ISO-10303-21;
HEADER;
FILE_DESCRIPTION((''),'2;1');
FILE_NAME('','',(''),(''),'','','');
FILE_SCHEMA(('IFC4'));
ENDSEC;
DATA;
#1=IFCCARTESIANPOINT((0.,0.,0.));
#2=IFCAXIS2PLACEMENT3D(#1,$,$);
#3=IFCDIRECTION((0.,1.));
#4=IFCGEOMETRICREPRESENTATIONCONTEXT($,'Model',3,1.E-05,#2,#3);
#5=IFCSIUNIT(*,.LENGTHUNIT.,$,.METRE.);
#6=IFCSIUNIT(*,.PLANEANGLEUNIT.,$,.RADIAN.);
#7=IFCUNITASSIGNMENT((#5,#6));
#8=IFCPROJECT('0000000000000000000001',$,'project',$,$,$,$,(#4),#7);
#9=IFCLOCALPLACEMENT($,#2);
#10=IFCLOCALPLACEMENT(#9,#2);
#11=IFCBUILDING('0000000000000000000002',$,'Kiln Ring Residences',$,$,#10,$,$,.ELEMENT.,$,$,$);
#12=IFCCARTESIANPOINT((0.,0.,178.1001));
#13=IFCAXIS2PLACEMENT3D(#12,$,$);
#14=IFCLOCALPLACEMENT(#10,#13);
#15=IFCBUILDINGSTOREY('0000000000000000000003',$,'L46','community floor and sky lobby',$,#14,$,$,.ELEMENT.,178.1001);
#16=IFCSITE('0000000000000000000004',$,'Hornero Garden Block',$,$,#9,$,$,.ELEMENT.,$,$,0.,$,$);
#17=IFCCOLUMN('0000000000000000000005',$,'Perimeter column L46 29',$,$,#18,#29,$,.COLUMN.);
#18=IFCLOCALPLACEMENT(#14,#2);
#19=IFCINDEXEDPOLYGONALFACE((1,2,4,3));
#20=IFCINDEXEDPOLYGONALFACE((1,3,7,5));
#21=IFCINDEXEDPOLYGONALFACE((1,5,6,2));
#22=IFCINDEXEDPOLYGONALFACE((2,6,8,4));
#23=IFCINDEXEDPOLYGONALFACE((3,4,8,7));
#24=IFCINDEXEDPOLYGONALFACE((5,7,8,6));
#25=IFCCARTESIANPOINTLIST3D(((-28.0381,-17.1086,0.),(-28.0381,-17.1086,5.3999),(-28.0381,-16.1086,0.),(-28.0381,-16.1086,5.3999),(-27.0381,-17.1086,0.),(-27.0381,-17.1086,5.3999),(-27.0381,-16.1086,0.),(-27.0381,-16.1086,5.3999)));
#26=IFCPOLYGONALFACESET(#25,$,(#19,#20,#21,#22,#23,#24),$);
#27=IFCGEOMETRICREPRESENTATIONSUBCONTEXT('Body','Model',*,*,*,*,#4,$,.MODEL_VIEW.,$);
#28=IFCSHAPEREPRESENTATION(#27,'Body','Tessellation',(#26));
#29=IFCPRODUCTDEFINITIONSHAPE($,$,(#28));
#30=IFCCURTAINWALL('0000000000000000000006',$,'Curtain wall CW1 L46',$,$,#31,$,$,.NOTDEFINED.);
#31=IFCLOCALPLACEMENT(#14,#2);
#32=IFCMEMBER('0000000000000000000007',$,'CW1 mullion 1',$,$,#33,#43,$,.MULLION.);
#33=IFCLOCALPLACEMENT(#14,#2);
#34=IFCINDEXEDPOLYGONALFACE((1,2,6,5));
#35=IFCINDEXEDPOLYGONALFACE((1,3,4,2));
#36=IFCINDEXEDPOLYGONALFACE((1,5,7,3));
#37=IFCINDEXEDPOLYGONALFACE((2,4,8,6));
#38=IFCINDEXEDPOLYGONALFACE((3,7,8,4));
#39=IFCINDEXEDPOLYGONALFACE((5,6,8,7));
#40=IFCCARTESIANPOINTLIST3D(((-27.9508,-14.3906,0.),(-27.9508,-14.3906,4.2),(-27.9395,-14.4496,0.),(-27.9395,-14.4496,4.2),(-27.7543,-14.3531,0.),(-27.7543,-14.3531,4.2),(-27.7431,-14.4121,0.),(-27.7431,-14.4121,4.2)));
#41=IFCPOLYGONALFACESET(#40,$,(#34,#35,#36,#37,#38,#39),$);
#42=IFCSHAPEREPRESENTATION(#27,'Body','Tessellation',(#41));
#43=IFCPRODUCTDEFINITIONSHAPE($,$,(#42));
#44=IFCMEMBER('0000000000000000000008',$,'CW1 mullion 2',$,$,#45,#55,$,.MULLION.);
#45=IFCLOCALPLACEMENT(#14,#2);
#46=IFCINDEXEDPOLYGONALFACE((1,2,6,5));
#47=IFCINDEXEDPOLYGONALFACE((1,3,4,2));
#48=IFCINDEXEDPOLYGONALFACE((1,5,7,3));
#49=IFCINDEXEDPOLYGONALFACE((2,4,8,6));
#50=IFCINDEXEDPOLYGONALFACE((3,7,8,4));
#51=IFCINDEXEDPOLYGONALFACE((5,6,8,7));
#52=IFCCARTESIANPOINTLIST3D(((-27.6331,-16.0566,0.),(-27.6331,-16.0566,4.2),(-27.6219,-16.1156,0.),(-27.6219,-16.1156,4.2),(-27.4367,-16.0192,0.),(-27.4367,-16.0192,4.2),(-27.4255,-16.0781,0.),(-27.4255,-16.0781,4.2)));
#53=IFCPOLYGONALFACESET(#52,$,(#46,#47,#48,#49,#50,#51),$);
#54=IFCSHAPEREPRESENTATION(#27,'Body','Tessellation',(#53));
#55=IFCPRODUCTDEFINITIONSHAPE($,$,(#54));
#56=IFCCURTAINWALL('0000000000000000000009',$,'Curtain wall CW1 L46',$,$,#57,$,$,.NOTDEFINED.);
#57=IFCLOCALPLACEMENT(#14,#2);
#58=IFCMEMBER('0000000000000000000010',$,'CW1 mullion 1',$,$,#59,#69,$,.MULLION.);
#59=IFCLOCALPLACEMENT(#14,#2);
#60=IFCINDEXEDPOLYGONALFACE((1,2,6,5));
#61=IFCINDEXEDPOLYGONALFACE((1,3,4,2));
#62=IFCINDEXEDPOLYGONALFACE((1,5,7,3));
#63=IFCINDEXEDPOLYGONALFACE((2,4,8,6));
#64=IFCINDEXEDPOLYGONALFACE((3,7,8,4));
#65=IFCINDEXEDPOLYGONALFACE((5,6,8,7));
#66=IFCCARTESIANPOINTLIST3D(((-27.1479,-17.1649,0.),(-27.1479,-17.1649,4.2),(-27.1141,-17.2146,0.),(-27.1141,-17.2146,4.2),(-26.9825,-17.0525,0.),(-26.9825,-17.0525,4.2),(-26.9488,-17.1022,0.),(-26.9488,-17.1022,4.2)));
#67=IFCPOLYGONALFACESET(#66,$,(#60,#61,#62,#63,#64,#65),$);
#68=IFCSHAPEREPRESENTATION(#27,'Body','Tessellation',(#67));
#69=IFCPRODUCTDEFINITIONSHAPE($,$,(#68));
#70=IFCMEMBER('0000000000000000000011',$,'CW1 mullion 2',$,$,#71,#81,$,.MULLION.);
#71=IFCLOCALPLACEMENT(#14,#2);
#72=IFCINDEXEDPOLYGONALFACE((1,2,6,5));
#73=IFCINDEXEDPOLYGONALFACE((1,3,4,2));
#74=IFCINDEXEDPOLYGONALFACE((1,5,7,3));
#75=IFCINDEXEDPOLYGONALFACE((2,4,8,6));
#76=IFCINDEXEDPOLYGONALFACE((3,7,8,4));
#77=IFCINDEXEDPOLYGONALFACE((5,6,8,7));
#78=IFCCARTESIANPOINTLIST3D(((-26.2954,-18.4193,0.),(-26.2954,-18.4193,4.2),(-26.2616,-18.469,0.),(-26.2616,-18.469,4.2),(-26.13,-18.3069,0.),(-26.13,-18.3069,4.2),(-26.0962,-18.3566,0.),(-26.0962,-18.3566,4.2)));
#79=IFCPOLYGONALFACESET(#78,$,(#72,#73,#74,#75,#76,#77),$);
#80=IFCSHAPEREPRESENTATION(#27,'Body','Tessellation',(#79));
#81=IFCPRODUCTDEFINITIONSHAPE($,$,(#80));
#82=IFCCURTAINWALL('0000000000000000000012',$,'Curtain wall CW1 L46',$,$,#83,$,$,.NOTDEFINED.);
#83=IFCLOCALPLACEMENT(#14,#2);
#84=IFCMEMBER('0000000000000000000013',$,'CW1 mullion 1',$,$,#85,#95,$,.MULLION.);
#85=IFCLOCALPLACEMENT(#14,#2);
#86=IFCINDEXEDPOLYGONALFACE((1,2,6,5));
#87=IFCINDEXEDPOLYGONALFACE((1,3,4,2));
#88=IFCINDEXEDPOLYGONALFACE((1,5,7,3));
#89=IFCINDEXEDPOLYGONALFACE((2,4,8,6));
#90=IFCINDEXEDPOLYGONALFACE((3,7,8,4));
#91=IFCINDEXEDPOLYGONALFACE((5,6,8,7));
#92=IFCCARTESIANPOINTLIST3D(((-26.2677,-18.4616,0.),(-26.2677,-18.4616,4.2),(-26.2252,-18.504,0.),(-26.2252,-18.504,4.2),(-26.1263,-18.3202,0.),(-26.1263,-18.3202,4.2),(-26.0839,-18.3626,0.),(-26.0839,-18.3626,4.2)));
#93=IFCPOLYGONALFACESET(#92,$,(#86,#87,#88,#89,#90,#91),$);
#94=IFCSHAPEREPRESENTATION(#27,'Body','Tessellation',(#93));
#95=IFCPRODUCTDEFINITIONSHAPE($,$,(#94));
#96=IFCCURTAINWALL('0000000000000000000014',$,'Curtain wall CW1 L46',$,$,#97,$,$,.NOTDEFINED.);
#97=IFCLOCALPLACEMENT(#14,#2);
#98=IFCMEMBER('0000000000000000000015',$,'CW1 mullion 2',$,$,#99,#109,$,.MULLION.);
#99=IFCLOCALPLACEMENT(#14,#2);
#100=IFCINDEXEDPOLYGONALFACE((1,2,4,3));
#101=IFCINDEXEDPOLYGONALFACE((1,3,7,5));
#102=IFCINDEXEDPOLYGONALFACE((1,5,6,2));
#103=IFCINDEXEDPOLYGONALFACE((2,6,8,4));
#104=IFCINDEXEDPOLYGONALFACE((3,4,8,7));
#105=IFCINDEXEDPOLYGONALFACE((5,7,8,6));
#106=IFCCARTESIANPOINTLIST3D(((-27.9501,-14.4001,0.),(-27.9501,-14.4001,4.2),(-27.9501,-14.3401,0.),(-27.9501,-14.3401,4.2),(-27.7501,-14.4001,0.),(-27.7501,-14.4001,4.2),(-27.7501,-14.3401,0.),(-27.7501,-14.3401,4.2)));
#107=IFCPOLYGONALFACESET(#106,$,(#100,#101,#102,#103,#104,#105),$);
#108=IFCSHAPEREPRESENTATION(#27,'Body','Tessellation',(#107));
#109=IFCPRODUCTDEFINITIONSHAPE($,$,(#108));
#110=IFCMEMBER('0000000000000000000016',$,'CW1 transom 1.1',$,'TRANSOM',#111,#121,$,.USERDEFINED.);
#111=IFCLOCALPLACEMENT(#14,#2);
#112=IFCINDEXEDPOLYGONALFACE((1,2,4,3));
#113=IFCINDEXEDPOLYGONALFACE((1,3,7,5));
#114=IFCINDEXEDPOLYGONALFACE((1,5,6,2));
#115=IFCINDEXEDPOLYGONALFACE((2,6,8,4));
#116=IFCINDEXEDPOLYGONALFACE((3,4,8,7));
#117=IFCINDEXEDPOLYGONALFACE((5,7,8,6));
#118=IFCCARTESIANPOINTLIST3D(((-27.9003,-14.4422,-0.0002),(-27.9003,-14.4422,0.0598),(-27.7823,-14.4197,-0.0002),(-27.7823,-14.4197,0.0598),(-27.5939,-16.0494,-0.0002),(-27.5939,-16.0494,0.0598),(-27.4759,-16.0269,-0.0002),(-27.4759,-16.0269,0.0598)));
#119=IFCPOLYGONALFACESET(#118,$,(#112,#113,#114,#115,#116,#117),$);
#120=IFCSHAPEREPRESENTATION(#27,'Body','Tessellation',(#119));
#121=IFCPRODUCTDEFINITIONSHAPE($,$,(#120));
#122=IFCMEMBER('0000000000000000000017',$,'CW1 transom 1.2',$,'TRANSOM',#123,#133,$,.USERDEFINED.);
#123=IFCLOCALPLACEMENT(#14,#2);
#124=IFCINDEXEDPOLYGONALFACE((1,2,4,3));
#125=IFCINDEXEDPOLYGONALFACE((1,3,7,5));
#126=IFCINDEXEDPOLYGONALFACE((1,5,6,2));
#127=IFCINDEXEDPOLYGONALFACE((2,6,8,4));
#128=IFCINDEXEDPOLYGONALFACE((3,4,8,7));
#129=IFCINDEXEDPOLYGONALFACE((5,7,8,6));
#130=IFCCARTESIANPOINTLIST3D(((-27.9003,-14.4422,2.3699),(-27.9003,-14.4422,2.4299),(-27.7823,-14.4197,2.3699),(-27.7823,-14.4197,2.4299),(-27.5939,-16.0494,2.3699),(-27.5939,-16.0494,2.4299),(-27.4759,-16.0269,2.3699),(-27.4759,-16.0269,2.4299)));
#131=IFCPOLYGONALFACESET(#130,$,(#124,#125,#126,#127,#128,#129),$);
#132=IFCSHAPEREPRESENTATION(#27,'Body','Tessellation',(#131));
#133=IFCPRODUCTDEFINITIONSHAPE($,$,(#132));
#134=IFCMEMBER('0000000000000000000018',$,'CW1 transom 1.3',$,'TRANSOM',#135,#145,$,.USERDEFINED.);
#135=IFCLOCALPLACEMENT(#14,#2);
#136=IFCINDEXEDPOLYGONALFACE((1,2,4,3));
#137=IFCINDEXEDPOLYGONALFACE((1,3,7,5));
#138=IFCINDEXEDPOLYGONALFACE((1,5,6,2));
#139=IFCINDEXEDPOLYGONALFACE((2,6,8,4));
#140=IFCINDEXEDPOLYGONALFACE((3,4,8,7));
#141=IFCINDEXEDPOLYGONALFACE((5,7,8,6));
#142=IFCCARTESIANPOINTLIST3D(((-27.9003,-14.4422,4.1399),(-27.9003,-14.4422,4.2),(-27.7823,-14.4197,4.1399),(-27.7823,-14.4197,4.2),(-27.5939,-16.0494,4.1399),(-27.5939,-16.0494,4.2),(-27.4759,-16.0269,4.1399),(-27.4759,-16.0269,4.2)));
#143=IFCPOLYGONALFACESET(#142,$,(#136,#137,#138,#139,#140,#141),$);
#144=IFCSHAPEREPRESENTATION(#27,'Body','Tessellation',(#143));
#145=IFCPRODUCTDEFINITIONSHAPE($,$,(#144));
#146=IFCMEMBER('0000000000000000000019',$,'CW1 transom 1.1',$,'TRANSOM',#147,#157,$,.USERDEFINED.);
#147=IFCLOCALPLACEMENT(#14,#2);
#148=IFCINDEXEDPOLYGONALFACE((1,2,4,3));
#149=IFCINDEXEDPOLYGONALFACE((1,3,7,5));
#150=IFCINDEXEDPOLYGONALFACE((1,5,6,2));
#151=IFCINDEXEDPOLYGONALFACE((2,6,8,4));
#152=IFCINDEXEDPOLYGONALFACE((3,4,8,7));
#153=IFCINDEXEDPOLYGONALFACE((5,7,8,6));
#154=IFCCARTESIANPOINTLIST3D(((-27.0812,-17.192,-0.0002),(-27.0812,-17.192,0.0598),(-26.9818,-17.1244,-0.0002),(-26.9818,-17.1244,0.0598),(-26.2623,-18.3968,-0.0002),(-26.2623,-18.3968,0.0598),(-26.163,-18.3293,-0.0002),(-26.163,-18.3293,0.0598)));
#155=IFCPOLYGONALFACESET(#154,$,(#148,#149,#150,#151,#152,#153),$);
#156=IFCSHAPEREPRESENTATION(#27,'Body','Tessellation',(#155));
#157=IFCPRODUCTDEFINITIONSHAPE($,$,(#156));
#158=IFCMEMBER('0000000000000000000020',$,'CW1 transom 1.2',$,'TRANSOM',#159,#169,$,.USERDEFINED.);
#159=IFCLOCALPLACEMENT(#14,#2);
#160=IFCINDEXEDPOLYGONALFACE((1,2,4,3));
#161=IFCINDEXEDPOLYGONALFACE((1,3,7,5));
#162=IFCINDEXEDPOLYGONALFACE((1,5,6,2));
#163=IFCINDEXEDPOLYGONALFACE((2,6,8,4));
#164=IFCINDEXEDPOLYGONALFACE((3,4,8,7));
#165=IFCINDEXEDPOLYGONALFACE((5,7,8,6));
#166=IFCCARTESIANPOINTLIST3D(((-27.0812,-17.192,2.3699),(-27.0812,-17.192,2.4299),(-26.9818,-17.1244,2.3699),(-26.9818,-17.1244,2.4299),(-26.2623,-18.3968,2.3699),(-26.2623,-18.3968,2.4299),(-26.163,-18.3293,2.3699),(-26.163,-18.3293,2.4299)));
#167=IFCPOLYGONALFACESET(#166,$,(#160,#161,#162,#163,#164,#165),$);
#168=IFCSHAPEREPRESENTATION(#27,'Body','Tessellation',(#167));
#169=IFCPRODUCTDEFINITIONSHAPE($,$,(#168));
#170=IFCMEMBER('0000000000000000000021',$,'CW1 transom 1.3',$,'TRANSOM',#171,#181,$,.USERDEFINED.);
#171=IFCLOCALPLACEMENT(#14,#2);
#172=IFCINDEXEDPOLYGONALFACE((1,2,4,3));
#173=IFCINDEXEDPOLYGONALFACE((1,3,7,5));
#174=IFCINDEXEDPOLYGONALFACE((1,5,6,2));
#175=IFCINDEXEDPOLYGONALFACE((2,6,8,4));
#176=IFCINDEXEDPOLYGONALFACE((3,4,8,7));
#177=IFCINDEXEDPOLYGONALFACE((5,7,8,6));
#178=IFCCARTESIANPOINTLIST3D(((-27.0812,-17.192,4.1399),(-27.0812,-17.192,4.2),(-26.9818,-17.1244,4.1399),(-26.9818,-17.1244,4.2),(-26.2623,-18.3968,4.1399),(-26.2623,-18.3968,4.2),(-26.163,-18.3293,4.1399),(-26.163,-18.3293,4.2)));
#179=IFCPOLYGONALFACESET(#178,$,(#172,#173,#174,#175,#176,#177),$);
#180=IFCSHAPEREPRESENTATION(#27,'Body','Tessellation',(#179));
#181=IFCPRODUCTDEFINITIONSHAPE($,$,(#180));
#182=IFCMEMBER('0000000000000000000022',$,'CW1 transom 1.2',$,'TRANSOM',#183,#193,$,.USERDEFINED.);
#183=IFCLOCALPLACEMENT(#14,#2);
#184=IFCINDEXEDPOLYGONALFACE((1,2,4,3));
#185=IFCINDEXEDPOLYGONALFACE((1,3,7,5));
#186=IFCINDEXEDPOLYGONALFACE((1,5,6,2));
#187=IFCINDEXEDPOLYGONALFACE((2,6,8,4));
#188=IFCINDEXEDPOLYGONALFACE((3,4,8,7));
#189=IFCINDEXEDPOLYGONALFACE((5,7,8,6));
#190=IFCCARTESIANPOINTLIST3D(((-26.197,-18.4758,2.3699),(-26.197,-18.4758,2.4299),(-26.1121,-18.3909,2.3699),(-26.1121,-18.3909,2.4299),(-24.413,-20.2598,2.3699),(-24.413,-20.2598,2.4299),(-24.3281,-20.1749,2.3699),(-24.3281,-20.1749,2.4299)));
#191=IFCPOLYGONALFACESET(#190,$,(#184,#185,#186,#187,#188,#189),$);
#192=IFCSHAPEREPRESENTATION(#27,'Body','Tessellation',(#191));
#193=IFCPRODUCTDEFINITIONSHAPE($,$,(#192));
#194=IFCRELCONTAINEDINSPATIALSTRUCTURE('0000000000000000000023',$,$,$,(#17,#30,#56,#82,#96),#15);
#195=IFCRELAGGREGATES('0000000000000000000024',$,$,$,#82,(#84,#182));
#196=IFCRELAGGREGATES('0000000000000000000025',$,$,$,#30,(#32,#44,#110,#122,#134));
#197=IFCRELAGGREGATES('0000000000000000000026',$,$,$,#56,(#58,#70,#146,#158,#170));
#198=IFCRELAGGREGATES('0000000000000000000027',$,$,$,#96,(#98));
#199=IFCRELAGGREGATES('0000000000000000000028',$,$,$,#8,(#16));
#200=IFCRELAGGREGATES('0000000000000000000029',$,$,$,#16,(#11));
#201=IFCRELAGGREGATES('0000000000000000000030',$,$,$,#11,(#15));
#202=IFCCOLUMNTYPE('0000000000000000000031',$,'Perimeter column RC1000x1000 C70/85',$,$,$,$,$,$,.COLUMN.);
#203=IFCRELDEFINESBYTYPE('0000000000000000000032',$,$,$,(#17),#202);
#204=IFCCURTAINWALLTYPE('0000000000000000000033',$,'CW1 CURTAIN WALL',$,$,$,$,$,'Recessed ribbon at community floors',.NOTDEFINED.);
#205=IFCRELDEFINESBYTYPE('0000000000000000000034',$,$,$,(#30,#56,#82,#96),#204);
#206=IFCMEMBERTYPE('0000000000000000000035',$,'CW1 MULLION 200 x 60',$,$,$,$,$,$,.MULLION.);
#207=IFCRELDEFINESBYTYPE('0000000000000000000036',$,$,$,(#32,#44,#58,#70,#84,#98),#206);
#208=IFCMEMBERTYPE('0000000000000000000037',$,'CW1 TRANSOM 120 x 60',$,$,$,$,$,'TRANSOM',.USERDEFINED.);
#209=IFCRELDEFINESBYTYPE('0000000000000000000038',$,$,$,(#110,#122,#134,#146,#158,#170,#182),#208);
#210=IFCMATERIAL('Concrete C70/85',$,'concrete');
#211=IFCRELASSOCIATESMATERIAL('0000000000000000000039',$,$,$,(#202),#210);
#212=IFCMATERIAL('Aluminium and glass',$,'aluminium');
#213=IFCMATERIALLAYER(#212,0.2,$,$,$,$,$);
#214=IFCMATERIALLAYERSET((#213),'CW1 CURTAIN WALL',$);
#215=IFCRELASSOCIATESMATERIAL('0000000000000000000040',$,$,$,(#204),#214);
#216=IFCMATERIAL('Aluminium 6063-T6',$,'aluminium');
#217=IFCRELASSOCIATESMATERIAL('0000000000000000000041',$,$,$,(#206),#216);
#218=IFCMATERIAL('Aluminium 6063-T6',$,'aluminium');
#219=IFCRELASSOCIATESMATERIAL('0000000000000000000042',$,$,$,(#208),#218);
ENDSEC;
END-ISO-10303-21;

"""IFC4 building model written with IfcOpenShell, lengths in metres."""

from ifc_helpers import new_model, si_unit, direction, frame, origin, origin_2d, place, context, subcontext, project, spatial, rectangle, extrude, material, layer, layer_set, material_profile, profile_set, type_object, element, aggregate, save


model = new_model("IFC4")

# Units and contexts
model_context = context("Model", 3, precision=1e-05, world=origin(), true_north=direction((0.0, 1.0)))
body_context = subcontext(model_context, "Body", "Model", "MODEL_VIEW")
ifc_project = project(units=[si_unit("LENGTHUNIT", "METRE"), si_unit("PLANEANGLEUNIT", "RADIAN")], contexts=[model_context])

# Site, building, storey
site_placement = place(None, origin())
site = spatial("IfcSite", under=ifc_project, at=site_placement, Name="Hornero Garden Block", CompositionType="ELEMENT", RefElevation=0.0)
building_placement = place(site_placement, origin())
building = spatial("IfcBuilding", under=site, at=building_placement, Name="Kiln Ring Residences", CompositionType="ELEMENT")
storey_placement = place(building_placement, frame((0.0, 0.0, 178.1001)))
storey = spatial("IfcBuildingStorey", under=building, at=storey_placement, Name="L46", Description="community floor and sky lobby", CompositionType="ELEMENT", Elevation=178.1001)

# Column
ifc_material_1 = material(Name="Concrete C70/85", Category="concrete")
ifc_material_profile_1 = material_profile(ifc_material_1, rectangle(XDim=1.0, YDim=1.0, at=origin_2d()), Name="RC1000x1000")
ifc_profile_set_1 = profile_set([ifc_material_profile_1], Name="Concrete C70/85")
column_type = type_object("IfcColumnType", Name="Perimeter column RC1000x1000 C70/85", PredefinedType="COLUMN", material=ifc_profile_set_1)
column_placement = place(storey_placement, frame((-27.5381, -16.6086, 0.0), z_axis=(0.0, 0.0, 1.0), x_axis=(1.0, 0.0, 0.0)))
element("IfcColumn", 1, at=column_placement, inside=storey, type_object=column_type, Name="Perimeter column L46 29", PredefinedType="COLUMN", context=body_context, shape_type="SweptSolid", body=[
    extrude(rectangle(XDim=1.0, YDim=1.0, at=origin_2d()), origin(), (0.0, 0.0, 1.0), 5.3999),
])

# Curtain walls, members
ifc_material_2 = material(Name="Aluminium and glass", Category="aluminium")
ifc_layer_1 = layer(ifc_material_2, 0.2)
ifc_layer_set_1 = layer_set([ifc_layer_1], Name="CW1 CURTAIN WALL")
curtain_wall_type = type_object("IfcCurtainWallType", Name="CW1 CURTAIN WALL", ElementType="Recessed ribbon at community floors", PredefinedType="NOTDEFINED", material=ifc_layer_set_1)
placement = place(storey_placement, origin())
curtain_wall_1 = element("IfcCurtainWall", 2, at=placement, inside=storey, type_object=curtain_wall_type, Name="Curtain wall CW1 L46", PredefinedType="NOTDEFINED")
ifc_material_3 = material(Name="Aluminium 6063-T6", Category="aluminium")
ifc_material_profile_2 = material_profile(ifc_material_3, rectangle(XDim=0.2, YDim=0.0601, at=origin_2d()), Name="AL 200x60")
ifc_profile_set_2 = profile_set([ifc_material_profile_2], Name="Aluminium 6063-T6")
member_type_1 = type_object("IfcMemberType", Name="CW1 MULLION 200 x 60", PredefinedType="MULLION", material=ifc_profile_set_2)
member_1_placement = place(storey_placement, frame((-27.8469, -14.4014, 0.0), z_axis=(0.0, 0.0, 1.0), x_axis=(0.98229, 0.187366, 0.0)))
member_1 = element("IfcMember", 3, at=member_1_placement, type_object=member_type_1, Name="CW1 mullion 1", PredefinedType="MULLION", context=body_context, shape_type="SweptSolid", body=[
    extrude(rectangle(XDim=0.2, YDim=0.0601, at=origin_2d()), origin(), (0.0, 0.0, 1.0), 4.2),
])
member_2_placement = place(storey_placement, frame((-27.5293, -16.0674, 0.0), z_axis=(0.0, 0.0, 1.0), x_axis=(0.98229, 0.187366, 0.0)))
member_2 = element("IfcMember", 4, at=member_2_placement, type_object=member_type_1, Name="CW1 mullion 2", PredefinedType="MULLION", context=body_context, shape_type="SweptSolid", body=[
    extrude(rectangle(XDim=0.2, YDim=0.0601, at=origin_2d()), origin(), (0.0, 0.0, 1.0), 4.2),
])
curtain_wall_2 = element("IfcCurtainWall", 5, at=placement, inside=storey, type_object=curtain_wall_type, Name="Curtain wall CW1 L46", PredefinedType="NOTDEFINED")
member_3_placement = place(storey_placement, frame((-27.0483, -17.1335, 0.0), z_axis=(0.0, 0.0, 1.0), x_axis=(0.827072, 0.562097, 0.0)))
member_3 = element("IfcMember", 6, at=member_3_placement, type_object=member_type_1, Name="CW1 mullion 1", PredefinedType="MULLION", context=body_context, shape_type="SweptSolid", body=[
    extrude(rectangle(XDim=0.2, YDim=0.0601, at=origin_2d()), origin(), (0.0, 0.0, 1.0), 4.2),
])
member_4_placement = place(storey_placement, frame((-26.1958, -18.3879, 0.0), z_axis=(0.0, 0.0, 1.0), x_axis=(0.827072, 0.562097, 0.0)))
member_4 = element("IfcMember", 7, at=member_4_placement, type_object=member_type_1, Name="CW1 mullion 2", PredefinedType="MULLION", context=body_context, shape_type="SweptSolid", body=[
    extrude(rectangle(XDim=0.2, YDim=0.0601, at=origin_2d()), origin(), (0.0, 0.0, 1.0), 4.2),
])

# Curtain walls, members
curtain_wall_3 = element("IfcCurtainWall", 8, at=placement, inside=storey, type_object=curtain_wall_type, Name="Curtain wall CW1 L46", PredefinedType="NOTDEFINED")
member_5_placement = place(storey_placement, frame((-26.1758, -18.4121, 0.0), z_axis=(0.0, 0.0, 1.0), x_axis=(0.707107, 0.707107, 0.0)))
member_5 = element("IfcMember", 9, at=member_5_placement, type_object=member_type_1, Name="CW1 mullion 1", PredefinedType="MULLION", context=body_context, shape_type="SweptSolid", body=[
    extrude(rectangle(XDim=0.2, YDim=0.0601, at=origin_2d()), origin(), (0.0, 0.0, 1.0), 4.2),
])
curtain_wall_4 = element("IfcCurtainWall", 10, at=placement, inside=storey, type_object=curtain_wall_type, Name="Curtain wall CW1 L46", PredefinedType="NOTDEFINED")
member_6_placement = place(storey_placement, frame((-27.8501, -14.3701, 0.0), z_axis=(0.0, 0.0, 1.0), x_axis=(1.0, 0.0, 0.0)))
member_6 = element("IfcMember", 11, at=member_6_placement, type_object=member_type_1, Name="CW1 mullion 2", PredefinedType="MULLION", context=body_context, shape_type="SweptSolid", body=[
    extrude(rectangle(XDim=0.2, YDim=0.0601, at=origin_2d()), origin(), (0.0, 0.0, 1.0), 4.2),
])

# Members
ifc_material_4 = material(Name="Aluminium 6063-T6", Category="aluminium")
ifc_material_profile_3 = material_profile(ifc_material_4, rectangle(XDim=0.1201, YDim=0.0601, at=origin_2d()), Name="AL 120x60")
ifc_profile_set_3 = profile_set([ifc_material_profile_3], Name="Aluminium 6063-T6")
member_type_2 = type_object("IfcMemberType", Name="CW1 TRANSOM 120 x 60", ElementType="TRANSOM", PredefinedType="USERDEFINED", material=ifc_profile_set_3)
member_7_placement = place(storey_placement, frame((-27.8413, -14.4309, 0.0298), z_axis=(0.18727, -0.982309, 0.0), x_axis=(0.982309, 0.18727, 0.0)))
member_7 = element("IfcMember", 12, at=member_7_placement, type_object=member_type_2, Name="CW1 transom 1.1", ObjectType="TRANSOM", PredefinedType="USERDEFINED", context=body_context, shape_type="SweptSolid", body=[
    extrude(rectangle(XDim=0.1201, YDim=0.0601, at=origin_2d()), origin(), (0.0, 0.0, 1.0), 1.6362),
])
member_8_placement = place(storey_placement, frame((-27.8413, -14.4309, 2.3999), z_axis=(0.18727, -0.982309, 0.0), x_axis=(0.982309, 0.18727, 0.0)))
member_8 = element("IfcMember", 13, at=member_8_placement, type_object=member_type_2, Name="CW1 transom 1.2", ObjectType="TRANSOM", PredefinedType="USERDEFINED", context=body_context, shape_type="SweptSolid", body=[
    extrude(rectangle(XDim=0.1201, YDim=0.0601, at=origin_2d()), origin(), (0.0, 0.0, 1.0), 1.6362),
])
member_9_placement = place(storey_placement, frame((-27.8413, -14.4309, 4.1699), z_axis=(0.18727, -0.982309, 0.0), x_axis=(0.982309, 0.18727, 0.0)))
member_9 = element("IfcMember", 14, at=member_9_placement, type_object=member_type_2, Name="CW1 transom 1.3", ObjectType="TRANSOM", PredefinedType="USERDEFINED", context=body_context, shape_type="SweptSolid", body=[
    extrude(rectangle(XDim=0.1201, YDim=0.0601, at=origin_2d()), origin(), (0.0, 0.0, 1.0), 1.6362),
])
member_10_placement = place(storey_placement, frame((-27.0315, -17.1582, 0.0298), z_axis=(0.562104, -0.827067, 0.0), x_axis=(0.827067, 0.562104, 0.0)))
member_10 = element("IfcMember", 15, at=member_10_placement, type_object=member_type_2, Name="CW1 transom 1.1", ObjectType="TRANSOM", PredefinedType="USERDEFINED", context=body_context, shape_type="SweptSolid", body=[
    extrude(rectangle(XDim=0.1201, YDim=0.0601, at=origin_2d()), origin(), (0.0, 0.0, 1.0), 1.4568),
])
member_11_placement = place(storey_placement, frame((-27.0315, -17.1582, 2.3999), z_axis=(0.562104, -0.827067, 0.0), x_axis=(0.827067, 0.562104, 0.0)))
member_11 = element("IfcMember", 16, at=member_11_placement, type_object=member_type_2, Name="CW1 transom 1.2", ObjectType="TRANSOM", PredefinedType="USERDEFINED", context=body_context, shape_type="SweptSolid", body=[
    extrude(rectangle(XDim=0.1201, YDim=0.0601, at=origin_2d()), origin(), (0.0, 0.0, 1.0), 1.4568),
])
member_12_placement = place(storey_placement, frame((-27.0315, -17.1582, 4.1699), z_axis=(0.562104, -0.827067, 0.0), x_axis=(0.827067, 0.562104, 0.0)))
member_12 = element("IfcMember", 17, at=member_12_placement, type_object=member_type_2, Name="CW1 transom 1.3", ObjectType="TRANSOM", PredefinedType="USERDEFINED", context=body_context, shape_type="SweptSolid", body=[
    extrude(rectangle(XDim=0.1201, YDim=0.0601, at=origin_2d()), origin(), (0.0, 0.0, 1.0), 1.4568),
])
member_13_placement = place(storey_placement, frame((-26.1545, -18.4333, 2.3999), z_axis=(0.707107, -0.707107, 0.0), x_axis=(0.707107, 0.707107, 0.0)))
member_13 = element("IfcMember", 18, at=member_13_placement, type_object=member_type_2, Name="CW1 transom 1.2", ObjectType="TRANSOM", PredefinedType="USERDEFINED", context=body_context, shape_type="SweptSolid", body=[
    extrude(rectangle(XDim=0.1201, YDim=0.0601, at=origin_2d()), origin(), (0.0, 0.0, 1.0), 2.5229),
])
aggregate(curtain_wall_3, [member_5, member_13])

aggregate(curtain_wall_1, [member_1, member_2, member_7, member_8, member_9])
aggregate(curtain_wall_2, [member_3, member_4, member_10, member_11, member_12])
aggregate(curtain_wall_4, [member_6])

save(model, "model.ifc")
